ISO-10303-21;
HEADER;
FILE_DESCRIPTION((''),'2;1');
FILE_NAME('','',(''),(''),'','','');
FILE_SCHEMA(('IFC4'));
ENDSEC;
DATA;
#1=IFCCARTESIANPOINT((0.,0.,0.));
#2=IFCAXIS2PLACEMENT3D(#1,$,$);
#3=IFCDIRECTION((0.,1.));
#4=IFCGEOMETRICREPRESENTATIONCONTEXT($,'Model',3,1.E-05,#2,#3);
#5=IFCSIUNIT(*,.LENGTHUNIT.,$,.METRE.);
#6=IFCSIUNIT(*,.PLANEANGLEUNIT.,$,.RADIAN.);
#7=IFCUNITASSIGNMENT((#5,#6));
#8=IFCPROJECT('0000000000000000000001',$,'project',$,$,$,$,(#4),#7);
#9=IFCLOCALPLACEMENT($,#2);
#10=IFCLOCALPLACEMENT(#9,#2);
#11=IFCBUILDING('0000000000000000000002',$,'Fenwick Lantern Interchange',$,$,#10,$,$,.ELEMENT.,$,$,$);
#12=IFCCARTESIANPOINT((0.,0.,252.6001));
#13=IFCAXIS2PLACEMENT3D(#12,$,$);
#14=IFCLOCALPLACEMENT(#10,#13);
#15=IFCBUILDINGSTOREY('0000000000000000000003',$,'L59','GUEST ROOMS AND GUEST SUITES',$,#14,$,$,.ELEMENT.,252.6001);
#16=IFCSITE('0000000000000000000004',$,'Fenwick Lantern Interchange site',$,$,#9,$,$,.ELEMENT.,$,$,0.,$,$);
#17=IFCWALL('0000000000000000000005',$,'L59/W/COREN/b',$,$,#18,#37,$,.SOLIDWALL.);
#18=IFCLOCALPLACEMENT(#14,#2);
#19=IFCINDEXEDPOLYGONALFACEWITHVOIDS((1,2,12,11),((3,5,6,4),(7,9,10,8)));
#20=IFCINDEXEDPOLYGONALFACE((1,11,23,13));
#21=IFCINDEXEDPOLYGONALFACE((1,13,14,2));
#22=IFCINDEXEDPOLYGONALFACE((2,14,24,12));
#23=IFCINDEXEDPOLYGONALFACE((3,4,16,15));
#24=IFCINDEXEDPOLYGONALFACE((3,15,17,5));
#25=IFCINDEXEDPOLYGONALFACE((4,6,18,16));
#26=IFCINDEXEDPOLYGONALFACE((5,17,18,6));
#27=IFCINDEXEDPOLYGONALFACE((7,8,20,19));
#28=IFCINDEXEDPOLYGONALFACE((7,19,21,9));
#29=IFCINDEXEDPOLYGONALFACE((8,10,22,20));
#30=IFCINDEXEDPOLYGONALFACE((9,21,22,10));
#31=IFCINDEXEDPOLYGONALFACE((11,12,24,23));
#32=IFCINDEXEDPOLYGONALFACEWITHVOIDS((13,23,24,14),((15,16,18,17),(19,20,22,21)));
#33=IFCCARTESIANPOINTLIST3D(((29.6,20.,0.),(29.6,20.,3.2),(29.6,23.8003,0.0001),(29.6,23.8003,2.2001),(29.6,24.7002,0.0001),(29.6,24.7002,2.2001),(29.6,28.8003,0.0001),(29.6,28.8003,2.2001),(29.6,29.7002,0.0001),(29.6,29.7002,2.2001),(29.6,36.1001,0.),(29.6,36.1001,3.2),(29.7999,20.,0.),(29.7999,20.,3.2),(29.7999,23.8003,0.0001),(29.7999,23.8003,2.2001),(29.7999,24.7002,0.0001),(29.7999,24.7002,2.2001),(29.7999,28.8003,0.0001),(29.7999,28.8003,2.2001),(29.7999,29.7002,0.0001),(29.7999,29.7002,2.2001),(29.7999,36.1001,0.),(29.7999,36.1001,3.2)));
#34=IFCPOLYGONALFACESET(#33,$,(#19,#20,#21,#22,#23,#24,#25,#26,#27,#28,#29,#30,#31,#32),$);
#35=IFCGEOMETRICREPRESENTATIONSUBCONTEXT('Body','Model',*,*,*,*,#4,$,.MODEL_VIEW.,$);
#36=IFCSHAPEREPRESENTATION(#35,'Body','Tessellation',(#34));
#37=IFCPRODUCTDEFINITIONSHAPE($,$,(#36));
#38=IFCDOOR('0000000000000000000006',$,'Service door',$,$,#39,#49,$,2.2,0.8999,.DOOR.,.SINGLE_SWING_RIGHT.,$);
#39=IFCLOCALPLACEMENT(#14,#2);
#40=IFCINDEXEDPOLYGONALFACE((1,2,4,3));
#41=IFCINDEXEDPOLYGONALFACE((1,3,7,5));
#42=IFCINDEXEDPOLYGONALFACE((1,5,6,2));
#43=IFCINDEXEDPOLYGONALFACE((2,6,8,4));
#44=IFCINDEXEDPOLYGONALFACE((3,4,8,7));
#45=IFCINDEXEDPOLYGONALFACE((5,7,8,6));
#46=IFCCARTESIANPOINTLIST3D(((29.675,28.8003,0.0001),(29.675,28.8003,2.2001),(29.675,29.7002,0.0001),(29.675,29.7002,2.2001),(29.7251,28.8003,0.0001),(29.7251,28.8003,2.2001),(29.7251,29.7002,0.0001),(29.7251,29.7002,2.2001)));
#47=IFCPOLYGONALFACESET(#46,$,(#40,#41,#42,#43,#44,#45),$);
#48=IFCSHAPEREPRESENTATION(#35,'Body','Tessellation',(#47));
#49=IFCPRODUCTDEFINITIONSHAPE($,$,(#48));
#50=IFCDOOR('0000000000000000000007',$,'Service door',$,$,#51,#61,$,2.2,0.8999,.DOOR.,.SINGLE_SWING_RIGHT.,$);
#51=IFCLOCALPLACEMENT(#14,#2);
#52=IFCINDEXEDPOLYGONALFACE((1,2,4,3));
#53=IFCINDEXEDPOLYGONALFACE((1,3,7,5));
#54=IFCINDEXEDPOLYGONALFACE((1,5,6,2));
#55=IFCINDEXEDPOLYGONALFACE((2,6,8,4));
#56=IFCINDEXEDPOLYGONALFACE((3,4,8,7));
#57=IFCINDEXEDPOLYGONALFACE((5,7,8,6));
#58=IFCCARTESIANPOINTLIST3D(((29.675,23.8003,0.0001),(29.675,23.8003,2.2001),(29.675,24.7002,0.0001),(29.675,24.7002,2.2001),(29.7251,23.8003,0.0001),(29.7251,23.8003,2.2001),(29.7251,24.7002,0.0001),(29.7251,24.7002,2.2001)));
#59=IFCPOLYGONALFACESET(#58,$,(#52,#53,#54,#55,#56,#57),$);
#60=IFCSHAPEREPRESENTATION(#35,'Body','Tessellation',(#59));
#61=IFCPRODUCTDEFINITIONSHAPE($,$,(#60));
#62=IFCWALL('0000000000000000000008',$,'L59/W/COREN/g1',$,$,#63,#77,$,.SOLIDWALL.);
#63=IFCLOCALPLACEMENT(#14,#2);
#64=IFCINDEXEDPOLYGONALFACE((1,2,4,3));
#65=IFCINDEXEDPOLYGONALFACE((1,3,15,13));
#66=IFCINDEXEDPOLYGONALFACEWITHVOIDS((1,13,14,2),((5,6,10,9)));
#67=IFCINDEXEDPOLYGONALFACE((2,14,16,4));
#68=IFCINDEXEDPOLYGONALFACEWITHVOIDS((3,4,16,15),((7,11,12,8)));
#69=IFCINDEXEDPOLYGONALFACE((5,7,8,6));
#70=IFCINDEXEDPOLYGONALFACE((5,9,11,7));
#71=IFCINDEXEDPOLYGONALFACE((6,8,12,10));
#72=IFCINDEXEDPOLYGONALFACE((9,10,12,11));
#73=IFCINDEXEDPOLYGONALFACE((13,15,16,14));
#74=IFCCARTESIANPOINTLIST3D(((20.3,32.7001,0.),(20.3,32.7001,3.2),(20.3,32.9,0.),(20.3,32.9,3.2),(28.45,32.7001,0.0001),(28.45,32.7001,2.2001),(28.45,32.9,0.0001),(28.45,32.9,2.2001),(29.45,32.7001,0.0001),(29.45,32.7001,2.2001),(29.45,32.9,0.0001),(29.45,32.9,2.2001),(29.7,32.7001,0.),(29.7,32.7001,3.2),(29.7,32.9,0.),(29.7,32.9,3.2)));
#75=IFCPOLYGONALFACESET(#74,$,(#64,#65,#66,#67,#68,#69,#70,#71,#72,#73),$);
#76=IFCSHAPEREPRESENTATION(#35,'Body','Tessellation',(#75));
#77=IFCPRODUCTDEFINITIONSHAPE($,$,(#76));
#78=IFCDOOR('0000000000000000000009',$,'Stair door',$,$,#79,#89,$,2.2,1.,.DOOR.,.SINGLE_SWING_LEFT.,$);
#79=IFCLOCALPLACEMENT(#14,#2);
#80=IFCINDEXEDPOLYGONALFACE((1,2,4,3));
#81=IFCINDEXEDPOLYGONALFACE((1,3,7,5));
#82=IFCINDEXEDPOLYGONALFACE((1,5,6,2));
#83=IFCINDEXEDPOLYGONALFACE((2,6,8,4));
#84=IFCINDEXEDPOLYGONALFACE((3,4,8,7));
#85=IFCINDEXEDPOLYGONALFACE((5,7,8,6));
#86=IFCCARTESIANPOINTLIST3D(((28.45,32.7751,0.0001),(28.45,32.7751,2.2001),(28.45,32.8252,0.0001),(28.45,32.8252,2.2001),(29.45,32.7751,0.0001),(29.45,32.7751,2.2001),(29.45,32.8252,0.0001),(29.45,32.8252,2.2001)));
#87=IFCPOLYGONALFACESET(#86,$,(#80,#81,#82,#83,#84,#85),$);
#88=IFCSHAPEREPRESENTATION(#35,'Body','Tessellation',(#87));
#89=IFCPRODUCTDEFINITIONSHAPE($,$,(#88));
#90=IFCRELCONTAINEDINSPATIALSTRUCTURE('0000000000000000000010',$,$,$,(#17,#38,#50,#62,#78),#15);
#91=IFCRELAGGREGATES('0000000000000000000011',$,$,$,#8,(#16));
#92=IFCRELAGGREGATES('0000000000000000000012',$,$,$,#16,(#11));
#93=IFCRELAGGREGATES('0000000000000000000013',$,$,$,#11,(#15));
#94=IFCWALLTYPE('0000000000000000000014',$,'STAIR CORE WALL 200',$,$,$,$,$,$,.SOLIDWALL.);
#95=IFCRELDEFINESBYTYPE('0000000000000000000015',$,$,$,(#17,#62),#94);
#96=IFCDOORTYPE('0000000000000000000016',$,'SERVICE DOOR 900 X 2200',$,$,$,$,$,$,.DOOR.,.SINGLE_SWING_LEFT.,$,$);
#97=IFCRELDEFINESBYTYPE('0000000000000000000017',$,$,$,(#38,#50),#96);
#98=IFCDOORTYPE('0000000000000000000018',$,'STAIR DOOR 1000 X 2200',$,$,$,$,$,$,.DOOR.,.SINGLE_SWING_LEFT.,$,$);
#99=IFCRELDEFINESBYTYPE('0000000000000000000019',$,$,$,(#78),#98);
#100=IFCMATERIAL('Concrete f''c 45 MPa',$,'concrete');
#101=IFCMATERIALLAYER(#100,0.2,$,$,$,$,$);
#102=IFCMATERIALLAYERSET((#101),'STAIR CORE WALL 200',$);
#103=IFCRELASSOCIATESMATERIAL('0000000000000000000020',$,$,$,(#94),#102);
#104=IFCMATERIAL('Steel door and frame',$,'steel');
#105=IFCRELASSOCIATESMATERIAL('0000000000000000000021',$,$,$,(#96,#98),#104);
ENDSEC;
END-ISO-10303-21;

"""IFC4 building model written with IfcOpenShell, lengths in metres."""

from ifc_helpers import new_model, si_unit, direction, frame, frame_2d, origin, place, context, subcontext, project, spatial, rectangle, extrude, material, layer, layer_set, type_object, element, fill, save


model = new_model("IFC4")

# Units and contexts
model_context = context("Model", 3, precision=1e-05, world=origin(), true_north=direction((0.0, 1.0)))
body_context = subcontext(model_context, "Body", "Model", "MODEL_VIEW")
ifc_project = project(units=[si_unit("LENGTHUNIT", "METRE"), si_unit("PLANEANGLEUNIT", "RADIAN")], contexts=[model_context])

# Site, building, storey
site_placement = place(None, origin())
site = spatial("IfcSite", under=ifc_project, at=site_placement, Name="Fenwick Lantern Interchange site", CompositionType="ELEMENT", RefElevation=0.0)
building_placement = place(site_placement, origin())
building = spatial("IfcBuilding", under=site, at=building_placement, Name="Fenwick Lantern Interchange", CompositionType="ELEMENT")
storey_placement = place(building_placement, frame((0.0, 0.0, 252.6001)))
storey = spatial("IfcBuildingStorey", under=building, at=storey_placement, Name="L59", Description="GUEST ROOMS AND GUEST SUITES", CompositionType="ELEMENT", Elevation=252.6001)

# Shared definitions
ifc_material_1 = material(Name="Steel door and frame", Category="steel")

# Wall, openings, doors
ifc_material_2 = material(Name="Concrete f'c 45 MPa", Category="concrete")
ifc_layer_1 = layer(ifc_material_2, 0.2)
ifc_layer_set_1 = layer_set([ifc_layer_1], Name="STAIR CORE WALL 200")
wall_type_1 = type_object("IfcWallType", Name="STAIR CORE WALL 200", PredefinedType="SOLIDWALL", material=ifc_layer_set_1)
wall_1_placement = place(storey_placement, frame((29.7, 36.1001, 0.0), z_axis=(0.0, 0.0, 1.0), x_axis=(0.0, -1.0, 0.0)))
wall_1 = element("IfcWall", 1, at=wall_1_placement, inside=storey, type_object=wall_type_1, Name="L59/W/COREN/b", PredefinedType="SOLIDWALL", context=body_context, shape_type="SweptSolid", body=[
    extrude(rectangle(XDim=16.1001, YDim=0.2, at=frame_2d((8.05, 0.0))), origin(), (0.0, 0.0, 1.0), 3.2),
])
opening_1_placement = place(wall_1_placement, frame((6.3999, 0.0, 0.0)))
opening_1 = element("IfcOpeningElement", 2, at=opening_1_placement, cuts=wall_1, PredefinedType="OPENING", context=body_context, shape_type="SweptSolid", body=[
    extrude(rectangle(XDim=0.8999, YDim=2.2, at=frame_2d((0.45, 1.1001))), frame((0.0, 0.1099, 0.0), z_axis=(0.0, -1.0, 0.0), x_axis=(1.0, 0.0, 0.0)), (0.0, 0.0, 1.0), 0.22),
])
opening_2_placement = place(wall_1_placement, frame((11.3999, 0.0, 0.0)))
opening_2 = element("IfcOpeningElement", 3, at=opening_2_placement, cuts=wall_1, PredefinedType="OPENING", context=body_context, shape_type="SweptSolid", body=[
    extrude(rectangle(XDim=0.8999, YDim=2.2, at=frame_2d((0.45, 1.1001))), frame((0.0, 0.1099, 0.0), z_axis=(0.0, -1.0, 0.0), x_axis=(1.0, 0.0, 0.0)), (0.0, 0.0, 1.0), 0.22),
])
door_type_1 = type_object("IfcDoorType", Name="SERVICE DOOR 900 X 2200", OperationType="SINGLE_SWING_LEFT", PredefinedType="DOOR", material=ifc_material_1)
door_1_placement = place(opening_1_placement, frame((0.8999, 0.0, 0.0), z_axis=(0.0, 0.0, 1.0), x_axis=(-1.0, 0.0, 0.0)))
door_1 = element("IfcDoor", 4, at=door_1_placement, inside=storey, type_object=door_type_1, Name="Service door", OperationType="SINGLE_SWING_RIGHT", OverallHeight=2.2, OverallWidth=0.8999, PredefinedType="DOOR", context=body_context, shape_type="SweptSolid", body=[
    extrude(rectangle(XDim=0.8999, YDim=2.2, at=frame_2d((0.45, 1.1001))), frame((0.0, 0.0249, 0.0), z_axis=(0.0, -1.0, 0.0), x_axis=(1.0, 0.0, 0.0)), (0.0, 0.0, 1.0), 0.05),
])
fill(opening_1, door_1)
door_2_placement = place(opening_2_placement, frame((0.8999, 0.0, 0.0), z_axis=(0.0, 0.0, 1.0), x_axis=(-1.0, 0.0, 0.0)))
door_2 = element("IfcDoor", 5, at=door_2_placement, inside=storey, type_object=door_type_1, Name="Service door", OperationType="SINGLE_SWING_RIGHT", OverallHeight=2.2, OverallWidth=0.8999, PredefinedType="DOOR", context=body_context, shape_type="SweptSolid", body=[
    extrude(rectangle(XDim=0.8999, YDim=2.2, at=frame_2d((0.45, 1.1001))), frame((0.0, 0.0249, 0.0), z_axis=(0.0, -1.0, 0.0), x_axis=(1.0, 0.0, 0.0)), (0.0, 0.0, 1.0), 0.05),
])
fill(opening_2, door_2)

# Wall, opening, door
wall_2_placement = place(storey_placement, frame((29.7, 32.8, 0.0), z_axis=(0.0, 0.0, 1.0), x_axis=(-1.0, 0.0, 0.0)))
wall_2 = element("IfcWall", 6, at=wall_2_placement, inside=storey, type_object=wall_type_1, Name="L59/W/COREN/g1", PredefinedType="SOLIDWALL", context=body_context, shape_type="SweptSolid", body=[
    extrude(rectangle(XDim=9.3999, YDim=0.2, at=frame_2d((4.7, 0.0))), origin(), (0.0, 0.0, 1.0), 3.2),
])
opening_3_placement = place(wall_2_placement, frame((0.25, 0.0, 0.0)))
opening_3 = element("IfcOpeningElement", 7, at=opening_3_placement, cuts=wall_2, PredefinedType="OPENING", context=body_context, shape_type="SweptSolid", body=[
    extrude(rectangle(XDim=1.0, YDim=2.2, at=frame_2d((0.5, 1.1001))), frame((0.0, 0.1099, 0.0), z_axis=(0.0, -1.0, 0.0), x_axis=(1.0, 0.0, 0.0)), (0.0, 0.0, 1.0), 0.22),
])
door_type_2 = type_object("IfcDoorType", Name="STAIR DOOR 1000 X 2200", OperationType="SINGLE_SWING_LEFT", PredefinedType="DOOR", material=ifc_material_1)
door_3_placement = place(opening_3_placement, origin())
door_3 = element("IfcDoor", 8, at=door_3_placement, inside=storey, type_object=door_type_2, Name="Stair door", OperationType="SINGLE_SWING_LEFT", OverallHeight=2.2, OverallWidth=1.0, PredefinedType="DOOR", context=body_context, shape_type="SweptSolid", body=[
    extrude(rectangle(XDim=1.0, YDim=2.2, at=frame_2d((0.5, 1.1001))), frame((0.0, 0.0249, 0.0), z_axis=(0.0, -1.0, 0.0), x_axis=(1.0, 0.0, 0.0)), (0.0, 0.0, 1.0), 0.05),
])
fill(opening_3, door_3)

save(model, "model.ifc")
